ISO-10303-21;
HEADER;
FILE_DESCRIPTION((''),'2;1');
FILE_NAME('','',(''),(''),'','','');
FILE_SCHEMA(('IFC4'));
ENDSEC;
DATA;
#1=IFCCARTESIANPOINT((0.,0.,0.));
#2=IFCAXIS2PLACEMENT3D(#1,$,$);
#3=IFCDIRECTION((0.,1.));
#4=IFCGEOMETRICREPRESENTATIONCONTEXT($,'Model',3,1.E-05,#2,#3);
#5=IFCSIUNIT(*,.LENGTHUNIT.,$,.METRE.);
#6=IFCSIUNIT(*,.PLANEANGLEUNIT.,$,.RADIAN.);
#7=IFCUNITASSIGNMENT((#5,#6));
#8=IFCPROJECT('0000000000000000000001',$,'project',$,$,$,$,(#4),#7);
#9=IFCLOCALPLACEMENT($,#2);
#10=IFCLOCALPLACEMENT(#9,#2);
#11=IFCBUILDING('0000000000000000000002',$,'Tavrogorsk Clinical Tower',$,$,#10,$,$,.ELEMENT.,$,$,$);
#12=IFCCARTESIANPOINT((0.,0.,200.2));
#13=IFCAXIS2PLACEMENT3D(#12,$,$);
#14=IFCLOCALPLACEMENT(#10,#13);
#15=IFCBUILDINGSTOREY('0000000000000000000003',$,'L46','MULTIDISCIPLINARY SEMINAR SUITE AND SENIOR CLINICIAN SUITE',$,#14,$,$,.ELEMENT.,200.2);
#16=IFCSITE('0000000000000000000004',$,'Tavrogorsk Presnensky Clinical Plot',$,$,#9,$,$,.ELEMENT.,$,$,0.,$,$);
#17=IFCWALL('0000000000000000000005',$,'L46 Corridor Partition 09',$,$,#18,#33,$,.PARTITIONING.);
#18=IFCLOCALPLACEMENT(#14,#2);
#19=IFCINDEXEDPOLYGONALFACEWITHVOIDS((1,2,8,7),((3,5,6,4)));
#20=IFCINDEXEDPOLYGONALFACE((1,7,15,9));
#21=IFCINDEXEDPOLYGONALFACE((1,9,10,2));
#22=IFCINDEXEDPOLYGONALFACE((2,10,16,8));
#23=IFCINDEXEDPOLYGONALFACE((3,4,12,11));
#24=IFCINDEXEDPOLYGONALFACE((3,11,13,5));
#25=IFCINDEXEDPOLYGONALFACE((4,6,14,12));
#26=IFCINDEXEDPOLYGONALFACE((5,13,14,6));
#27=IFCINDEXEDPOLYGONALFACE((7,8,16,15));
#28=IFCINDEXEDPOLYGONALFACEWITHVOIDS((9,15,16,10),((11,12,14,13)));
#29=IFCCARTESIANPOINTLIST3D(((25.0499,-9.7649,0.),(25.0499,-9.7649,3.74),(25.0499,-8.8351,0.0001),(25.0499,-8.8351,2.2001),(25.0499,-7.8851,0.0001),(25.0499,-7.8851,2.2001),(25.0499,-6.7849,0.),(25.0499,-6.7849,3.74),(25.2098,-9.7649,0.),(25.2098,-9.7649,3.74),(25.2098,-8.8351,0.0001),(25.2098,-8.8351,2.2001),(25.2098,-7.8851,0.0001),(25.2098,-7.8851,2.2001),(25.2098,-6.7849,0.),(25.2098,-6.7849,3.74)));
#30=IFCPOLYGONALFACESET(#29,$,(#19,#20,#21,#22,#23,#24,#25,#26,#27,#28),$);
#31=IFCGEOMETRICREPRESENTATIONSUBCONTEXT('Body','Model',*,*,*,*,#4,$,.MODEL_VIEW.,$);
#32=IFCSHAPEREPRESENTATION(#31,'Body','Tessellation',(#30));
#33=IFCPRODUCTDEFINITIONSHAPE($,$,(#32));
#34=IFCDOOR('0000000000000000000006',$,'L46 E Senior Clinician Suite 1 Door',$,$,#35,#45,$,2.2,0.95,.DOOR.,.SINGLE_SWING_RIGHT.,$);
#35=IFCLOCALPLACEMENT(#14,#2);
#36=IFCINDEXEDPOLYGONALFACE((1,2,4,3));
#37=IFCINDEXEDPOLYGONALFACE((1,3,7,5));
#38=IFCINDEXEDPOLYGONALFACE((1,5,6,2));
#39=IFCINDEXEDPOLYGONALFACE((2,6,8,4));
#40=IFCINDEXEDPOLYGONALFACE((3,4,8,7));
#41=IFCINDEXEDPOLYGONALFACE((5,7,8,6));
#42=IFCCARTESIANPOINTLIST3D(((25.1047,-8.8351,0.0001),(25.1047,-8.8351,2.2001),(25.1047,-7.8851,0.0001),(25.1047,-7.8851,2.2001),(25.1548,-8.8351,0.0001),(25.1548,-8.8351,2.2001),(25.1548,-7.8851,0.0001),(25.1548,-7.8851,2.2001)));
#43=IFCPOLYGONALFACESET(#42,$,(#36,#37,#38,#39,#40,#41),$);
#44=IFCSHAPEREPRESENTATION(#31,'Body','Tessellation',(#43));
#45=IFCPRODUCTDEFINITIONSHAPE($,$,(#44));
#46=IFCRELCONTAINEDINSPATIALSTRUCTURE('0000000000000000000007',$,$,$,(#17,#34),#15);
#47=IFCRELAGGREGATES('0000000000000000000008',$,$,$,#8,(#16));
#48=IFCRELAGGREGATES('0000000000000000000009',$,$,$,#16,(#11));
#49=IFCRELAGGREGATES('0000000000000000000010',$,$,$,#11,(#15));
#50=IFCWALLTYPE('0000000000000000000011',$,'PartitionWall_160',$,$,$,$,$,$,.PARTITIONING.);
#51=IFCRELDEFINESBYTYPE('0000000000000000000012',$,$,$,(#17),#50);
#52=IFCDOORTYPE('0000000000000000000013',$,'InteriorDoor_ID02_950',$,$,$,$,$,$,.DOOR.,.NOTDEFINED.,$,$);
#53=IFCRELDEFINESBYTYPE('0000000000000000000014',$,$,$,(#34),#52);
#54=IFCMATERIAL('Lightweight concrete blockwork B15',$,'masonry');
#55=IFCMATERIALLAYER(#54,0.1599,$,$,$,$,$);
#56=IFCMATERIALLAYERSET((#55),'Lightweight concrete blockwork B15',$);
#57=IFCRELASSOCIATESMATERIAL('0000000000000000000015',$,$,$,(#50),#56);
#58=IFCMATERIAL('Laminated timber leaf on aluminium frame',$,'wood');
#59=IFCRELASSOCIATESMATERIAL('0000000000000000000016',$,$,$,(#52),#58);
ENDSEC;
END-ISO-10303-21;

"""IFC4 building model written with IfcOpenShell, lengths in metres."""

from ifc_helpers import new_model, si_unit, direction, frame, frame_2d, origin, place, context, subcontext, project, spatial, rectangle, extrude, material, layer, layer_set, type_object, element, fill, save


model = new_model("IFC4")

# Units and contexts
model_context = context("Model", 3, precision=1e-05, world=origin(), true_north=direction((0.0, 1.0)))
body_context = subcontext(model_context, "Body", "Model", "MODEL_VIEW")
ifc_project = project(units=[si_unit("LENGTHUNIT", "METRE"), si_unit("PLANEANGLEUNIT", "RADIAN")], contexts=[model_context])

# Site, building, storey
site_placement = place(None, origin())
site = spatial("IfcSite", under=ifc_project, at=site_placement, Name="Tavrogorsk Presnensky Clinical Plot", CompositionType="ELEMENT", RefElevation=0.0)
building_placement = place(site_placement, origin())
building = spatial("IfcBuilding", under=site, at=building_placement, Name="Tavrogorsk Clinical Tower", CompositionType="ELEMENT")
storey_placement = place(building_placement, frame((0.0, 0.0, 200.2)))
storey = spatial("IfcBuildingStorey", under=building, at=storey_placement, Name="L46", Description="MULTIDISCIPLINARY SEMINAR SUITE AND SENIOR CLINICIAN SUITE", CompositionType="ELEMENT", Elevation=200.2)

# Wall, opening, door
ifc_material_1 = material(Name="Lightweight concrete blockwork B15", Category="masonry")
ifc_layer = layer(ifc_material_1, 0.1599)
ifc_layer_set = layer_set([ifc_layer], Name="Lightweight concrete blockwork B15")
wall_type = type_object("IfcWallType", Name="PartitionWall_160", PredefinedType="PARTITIONING", material=ifc_layer_set)
wall_1_placement = place(storey_placement, frame((25.1299, -6.7849, 0.0), z_axis=(0.0, 0.0, 1.0), x_axis=(0.0, -1.0, 0.0)))
wall_1 = element("IfcWall", 1, at=wall_1_placement, inside=storey, type_object=wall_type, Name="L46 Corridor Partition 09", PredefinedType="PARTITIONING", context=body_context, shape_type="SweptSolid", body=[
    extrude(rectangle(XDim=2.98, YDim=0.1599, at=frame_2d((1.49, 0.0))), origin(), (0.0, 0.0, 1.0), 3.74),
])
opening_1_placement = place(wall_1_placement, frame((1.1001, 0.0, 0.0)))
opening_1 = element("IfcOpeningElement", 2, at=opening_1_placement, cuts=wall_1, PredefinedType="OPENING", context=body_context, shape_type="SweptSolid", body=[
    extrude(rectangle(XDim=0.95, YDim=2.2, at=frame_2d((0.4751, 1.1001))), frame((0.0, 0.0898, 0.0), z_axis=(0.0, -1.0, 0.0), x_axis=(1.0, 0.0, 0.0)), (0.0, 0.0, 1.0), 0.1799),
])
ifc_material_2 = material(Name="Laminated timber leaf on aluminium frame", Category="wood")
door_type_1 = type_object("IfcDoorType", Name="InteriorDoor_ID02_950", OperationType="NOTDEFINED", PredefinedType="DOOR", material=ifc_material_2)
door_1_placement = place(opening_1_placement, origin())
door_1 = element("IfcDoor", 3, at=door_1_placement, inside=storey, type_object=door_type_1, Name="L46 E Senior Clinician Suite 1 Door", OperationType="SINGLE_SWING_RIGHT", OverallHeight=2.2, OverallWidth=0.95, PredefinedType="DOOR", context=body_context, shape_type="SweptSolid", body=[
    extrude(rectangle(XDim=0.95, YDim=2.2, at=frame_2d((0.4751, 1.1001))), frame((0.0, 0.0249, 0.0), z_axis=(0.0, -1.0, 0.0), x_axis=(1.0, 0.0, 0.0)), (0.0, 0.0, 1.0), 0.05),
])
fill(opening_1, door_1)

save(model, "model.ifc")
